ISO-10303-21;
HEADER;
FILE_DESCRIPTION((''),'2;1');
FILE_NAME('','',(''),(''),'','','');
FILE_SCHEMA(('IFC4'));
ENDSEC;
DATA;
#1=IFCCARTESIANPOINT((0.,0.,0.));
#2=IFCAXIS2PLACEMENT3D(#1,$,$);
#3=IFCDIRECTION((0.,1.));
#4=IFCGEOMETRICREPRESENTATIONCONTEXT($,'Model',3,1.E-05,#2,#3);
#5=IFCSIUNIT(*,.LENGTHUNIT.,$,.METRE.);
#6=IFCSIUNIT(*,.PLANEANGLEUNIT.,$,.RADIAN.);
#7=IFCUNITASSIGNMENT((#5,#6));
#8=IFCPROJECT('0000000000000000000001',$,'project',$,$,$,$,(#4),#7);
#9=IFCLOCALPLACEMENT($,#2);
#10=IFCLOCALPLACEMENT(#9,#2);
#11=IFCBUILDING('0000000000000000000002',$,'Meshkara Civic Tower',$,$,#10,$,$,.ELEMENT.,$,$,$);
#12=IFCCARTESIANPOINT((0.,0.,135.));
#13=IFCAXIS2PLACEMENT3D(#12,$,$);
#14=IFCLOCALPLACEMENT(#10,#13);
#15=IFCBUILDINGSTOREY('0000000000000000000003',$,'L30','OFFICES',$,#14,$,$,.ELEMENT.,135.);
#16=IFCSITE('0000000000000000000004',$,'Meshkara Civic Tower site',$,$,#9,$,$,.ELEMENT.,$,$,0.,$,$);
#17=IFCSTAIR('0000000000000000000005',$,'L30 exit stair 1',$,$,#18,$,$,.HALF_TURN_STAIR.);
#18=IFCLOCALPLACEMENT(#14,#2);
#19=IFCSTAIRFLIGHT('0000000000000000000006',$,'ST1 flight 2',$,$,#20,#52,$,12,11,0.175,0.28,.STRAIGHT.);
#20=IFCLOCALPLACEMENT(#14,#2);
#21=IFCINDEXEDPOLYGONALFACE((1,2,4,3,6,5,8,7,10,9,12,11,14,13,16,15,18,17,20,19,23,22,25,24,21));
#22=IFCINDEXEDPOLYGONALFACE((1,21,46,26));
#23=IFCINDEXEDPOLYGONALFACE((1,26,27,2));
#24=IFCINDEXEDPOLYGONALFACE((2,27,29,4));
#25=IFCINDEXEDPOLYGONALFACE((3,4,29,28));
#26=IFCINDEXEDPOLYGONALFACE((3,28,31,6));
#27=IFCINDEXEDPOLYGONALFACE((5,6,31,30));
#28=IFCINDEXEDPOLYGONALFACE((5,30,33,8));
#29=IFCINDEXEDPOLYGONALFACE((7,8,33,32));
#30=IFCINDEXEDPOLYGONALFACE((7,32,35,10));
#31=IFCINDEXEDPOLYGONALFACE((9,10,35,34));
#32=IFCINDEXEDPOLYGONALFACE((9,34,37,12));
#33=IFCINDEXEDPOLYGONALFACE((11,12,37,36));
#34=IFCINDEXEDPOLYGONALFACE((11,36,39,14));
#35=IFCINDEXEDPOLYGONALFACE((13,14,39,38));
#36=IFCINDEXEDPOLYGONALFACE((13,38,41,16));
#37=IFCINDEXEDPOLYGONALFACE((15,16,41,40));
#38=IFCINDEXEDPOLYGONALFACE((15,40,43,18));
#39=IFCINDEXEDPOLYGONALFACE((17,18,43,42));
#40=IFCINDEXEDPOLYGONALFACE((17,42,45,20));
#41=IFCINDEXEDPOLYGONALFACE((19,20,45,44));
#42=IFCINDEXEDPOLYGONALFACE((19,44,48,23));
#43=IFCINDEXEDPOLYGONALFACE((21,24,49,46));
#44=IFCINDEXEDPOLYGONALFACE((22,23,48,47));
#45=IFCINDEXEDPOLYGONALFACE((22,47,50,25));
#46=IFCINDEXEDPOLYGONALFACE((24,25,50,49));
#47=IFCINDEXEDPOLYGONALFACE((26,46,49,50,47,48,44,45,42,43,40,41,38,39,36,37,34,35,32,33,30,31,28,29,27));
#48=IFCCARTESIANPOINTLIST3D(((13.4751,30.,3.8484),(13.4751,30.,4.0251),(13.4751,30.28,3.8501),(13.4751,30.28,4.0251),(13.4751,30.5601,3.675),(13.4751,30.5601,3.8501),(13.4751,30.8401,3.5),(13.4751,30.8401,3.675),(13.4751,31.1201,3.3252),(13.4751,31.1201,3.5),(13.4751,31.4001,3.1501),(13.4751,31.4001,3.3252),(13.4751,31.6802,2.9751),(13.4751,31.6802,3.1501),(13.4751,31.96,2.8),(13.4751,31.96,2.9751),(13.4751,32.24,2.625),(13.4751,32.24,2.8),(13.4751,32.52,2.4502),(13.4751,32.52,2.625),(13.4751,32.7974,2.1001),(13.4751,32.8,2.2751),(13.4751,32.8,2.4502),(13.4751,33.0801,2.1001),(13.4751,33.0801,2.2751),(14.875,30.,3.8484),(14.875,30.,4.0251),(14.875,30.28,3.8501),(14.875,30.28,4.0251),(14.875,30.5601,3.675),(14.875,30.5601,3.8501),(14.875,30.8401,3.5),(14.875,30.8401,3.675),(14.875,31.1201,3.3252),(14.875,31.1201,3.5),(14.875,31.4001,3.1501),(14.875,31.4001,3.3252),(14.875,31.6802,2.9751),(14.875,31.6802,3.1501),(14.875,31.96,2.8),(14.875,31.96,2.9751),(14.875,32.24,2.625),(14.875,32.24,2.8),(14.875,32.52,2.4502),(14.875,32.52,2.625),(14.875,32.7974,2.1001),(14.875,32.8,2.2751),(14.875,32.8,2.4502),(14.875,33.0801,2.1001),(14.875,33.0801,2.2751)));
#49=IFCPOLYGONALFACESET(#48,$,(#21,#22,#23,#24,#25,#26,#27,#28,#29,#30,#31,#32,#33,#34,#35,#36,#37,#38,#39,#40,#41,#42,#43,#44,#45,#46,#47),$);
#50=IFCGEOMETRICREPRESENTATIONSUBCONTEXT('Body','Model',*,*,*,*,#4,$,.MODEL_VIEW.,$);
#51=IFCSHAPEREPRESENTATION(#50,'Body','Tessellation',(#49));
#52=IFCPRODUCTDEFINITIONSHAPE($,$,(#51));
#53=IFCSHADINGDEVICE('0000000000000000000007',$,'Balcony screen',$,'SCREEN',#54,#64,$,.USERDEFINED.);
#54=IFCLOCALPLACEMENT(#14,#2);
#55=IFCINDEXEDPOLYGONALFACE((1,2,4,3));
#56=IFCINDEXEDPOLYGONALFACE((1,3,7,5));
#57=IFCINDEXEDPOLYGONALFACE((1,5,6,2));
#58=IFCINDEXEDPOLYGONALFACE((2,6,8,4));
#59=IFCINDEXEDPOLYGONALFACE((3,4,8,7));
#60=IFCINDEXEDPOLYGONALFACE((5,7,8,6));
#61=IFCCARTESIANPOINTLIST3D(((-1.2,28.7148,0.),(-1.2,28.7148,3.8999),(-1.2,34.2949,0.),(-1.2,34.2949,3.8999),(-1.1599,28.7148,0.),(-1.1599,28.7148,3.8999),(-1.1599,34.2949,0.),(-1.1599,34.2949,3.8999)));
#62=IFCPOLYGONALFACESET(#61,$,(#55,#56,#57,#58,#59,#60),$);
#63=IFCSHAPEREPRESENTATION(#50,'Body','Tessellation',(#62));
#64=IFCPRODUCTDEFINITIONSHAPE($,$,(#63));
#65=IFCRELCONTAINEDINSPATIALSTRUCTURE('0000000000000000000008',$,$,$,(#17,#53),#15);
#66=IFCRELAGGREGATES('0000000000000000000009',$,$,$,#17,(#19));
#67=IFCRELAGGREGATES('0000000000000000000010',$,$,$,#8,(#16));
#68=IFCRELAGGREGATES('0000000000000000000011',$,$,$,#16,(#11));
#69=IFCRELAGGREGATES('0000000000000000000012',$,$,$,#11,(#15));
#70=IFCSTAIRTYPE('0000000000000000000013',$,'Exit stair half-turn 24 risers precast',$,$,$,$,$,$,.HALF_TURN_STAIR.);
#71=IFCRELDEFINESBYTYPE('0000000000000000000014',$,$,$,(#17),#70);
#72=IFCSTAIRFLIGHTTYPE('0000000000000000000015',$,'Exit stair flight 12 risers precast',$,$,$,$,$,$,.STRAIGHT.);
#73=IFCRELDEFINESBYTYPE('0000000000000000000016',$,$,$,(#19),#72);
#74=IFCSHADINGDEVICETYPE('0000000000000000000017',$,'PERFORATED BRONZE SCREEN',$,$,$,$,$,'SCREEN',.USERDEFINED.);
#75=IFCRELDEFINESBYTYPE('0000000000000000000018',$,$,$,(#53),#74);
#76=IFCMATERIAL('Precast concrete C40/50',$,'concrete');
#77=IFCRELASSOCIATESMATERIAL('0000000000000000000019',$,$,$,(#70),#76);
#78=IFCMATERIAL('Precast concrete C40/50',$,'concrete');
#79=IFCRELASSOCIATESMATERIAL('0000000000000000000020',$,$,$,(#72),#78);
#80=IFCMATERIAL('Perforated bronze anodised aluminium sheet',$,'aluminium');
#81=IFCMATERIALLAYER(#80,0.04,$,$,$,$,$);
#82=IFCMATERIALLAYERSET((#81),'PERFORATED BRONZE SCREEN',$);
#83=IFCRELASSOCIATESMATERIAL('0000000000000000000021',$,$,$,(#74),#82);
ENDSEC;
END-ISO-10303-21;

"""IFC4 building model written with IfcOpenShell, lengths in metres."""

from ifc_helpers import new_model, si_unit, direction, frame, origin, origin_2d, place, context, subcontext, project, spatial, polyline, rectangle, outline, extrude, material, layer, layer_set, type_object, element, aggregate, save


model = new_model("IFC4")

# Units and contexts
model_context = context("Model", 3, precision=1e-05, world=origin(), true_north=direction((0.0, 1.0)))
body_context = subcontext(model_context, "Body", "Model", "MODEL_VIEW")
ifc_project = project(units=[si_unit("LENGTHUNIT", "METRE"), si_unit("PLANEANGLEUNIT", "RADIAN")], contexts=[model_context])

# Site, building, storey
site_placement = place(None, origin())
site = spatial("IfcSite", under=ifc_project, at=site_placement, Name="Meshkara Civic Tower site", CompositionType="ELEMENT", RefElevation=0.0)
building_placement = place(site_placement, origin())
building = spatial("IfcBuilding", under=site, at=building_placement, Name="Meshkara Civic Tower", CompositionType="ELEMENT")
storey_placement = place(building_placement, frame((0.0, 0.0, 135.0)))
storey = spatial("IfcBuildingStorey", under=building, at=storey_placement, Name="L30", Description="OFFICES", CompositionType="ELEMENT", Elevation=135.0)

# Stair, stair flight
ifc_material_1 = material(Name="Precast concrete C40/50", Category="concrete")
stair_type = type_object("IfcStairType", Name="Exit stair half-turn 24 risers precast", PredefinedType="HALF_TURN_STAIR", material=ifc_material_1)
stair_placement = place(storey_placement, origin())
stair = element("IfcStair", 1, at=stair_placement, inside=storey, type_object=stair_type, Name="L30 exit stair 1", PredefinedType="HALF_TURN_STAIR")
ifc_material_2 = material(Name="Precast concrete C40/50", Category="concrete")
stair_flight_type = type_object("IfcStairFlightType", Name="Exit stair flight 12 risers precast", PredefinedType="STRAIGHT", material=ifc_material_2)
stair_flight_1_placement = place(storey_placement, frame((14.175, 33.0801, 2.1001), z_axis=(0.0, 0.0, 1.0), x_axis=(0.0, -1.0, 0.0)))
stair_flight_1 = element("IfcStairFlight", 2, at=stair_flight_1_placement, type_object=stair_flight_type, Name="ST1 flight 2", NumberOfRisers=12, NumberOfTreads=11, PredefinedType="STRAIGHT", RiserHeight=0.175, TreadLength=0.28, context=body_context, shape_type="SweptSolid", body=[
    extrude(outline(polyline([(0.0, 0.0), (0.0, 0.175), (0.28, 0.175), (0.28, 0.3501), (0.5601, 0.3501), (0.5601, 0.5249), (0.8401, 0.5249), (0.8401, 0.7), (1.1201, 0.7), (1.1201, 0.875), (1.3999, 0.875), (1.3999, 1.05), (1.6799, 1.05), (1.6799, 1.2251), (1.96, 1.2251), (1.96, 1.3999), (2.24, 1.3999), (2.24, 1.575), (2.52, 1.575), (2.52, 1.75), (2.8, 1.75), (2.8, 1.925), (3.0801, 1.925), (3.0801, 2.1001), (3.0801, 1.7483), (0.2827, 0.0), (0.0, 0.0)])), frame((0.0, 0.7, 0.0), z_axis=(0.0, -1.0, 0.0), x_axis=(1.0, 0.0, 0.0)), (0.0, 0.0, 1.0), 1.3999),
])
aggregate(stair, [stair_flight_1])

# Shading device
ifc_material_3 = material(Name="Perforated bronze anodised aluminium sheet", Category="aluminium")
ifc_layer_1 = layer(ifc_material_3, 0.04)
ifc_layer_set_1 = layer_set([ifc_layer_1], Name="PERFORATED BRONZE SCREEN")
shading_device_type = type_object("IfcShadingDeviceType", Name="PERFORATED BRONZE SCREEN", ElementType="SCREEN", PredefinedType="USERDEFINED", material=ifc_layer_set_1)
shading_device_placement = place(storey_placement, frame((-1.1799, 31.5049, 0.0), z_axis=(0.0, 0.0, 1.0), x_axis=(0.0, -1.0, 0.0)))
element("IfcShadingDevice", 3, at=shading_device_placement, inside=storey, type_object=shading_device_type, Name="Balcony screen", ObjectType="SCREEN", PredefinedType="USERDEFINED", context=body_context, shape_type="SweptSolid", body=[
    extrude(rectangle(XDim=5.5801, YDim=0.04, at=origin_2d()), origin(), (0.0, 0.0, 1.0), 3.8999),
])

save(model, "model.ifc")
